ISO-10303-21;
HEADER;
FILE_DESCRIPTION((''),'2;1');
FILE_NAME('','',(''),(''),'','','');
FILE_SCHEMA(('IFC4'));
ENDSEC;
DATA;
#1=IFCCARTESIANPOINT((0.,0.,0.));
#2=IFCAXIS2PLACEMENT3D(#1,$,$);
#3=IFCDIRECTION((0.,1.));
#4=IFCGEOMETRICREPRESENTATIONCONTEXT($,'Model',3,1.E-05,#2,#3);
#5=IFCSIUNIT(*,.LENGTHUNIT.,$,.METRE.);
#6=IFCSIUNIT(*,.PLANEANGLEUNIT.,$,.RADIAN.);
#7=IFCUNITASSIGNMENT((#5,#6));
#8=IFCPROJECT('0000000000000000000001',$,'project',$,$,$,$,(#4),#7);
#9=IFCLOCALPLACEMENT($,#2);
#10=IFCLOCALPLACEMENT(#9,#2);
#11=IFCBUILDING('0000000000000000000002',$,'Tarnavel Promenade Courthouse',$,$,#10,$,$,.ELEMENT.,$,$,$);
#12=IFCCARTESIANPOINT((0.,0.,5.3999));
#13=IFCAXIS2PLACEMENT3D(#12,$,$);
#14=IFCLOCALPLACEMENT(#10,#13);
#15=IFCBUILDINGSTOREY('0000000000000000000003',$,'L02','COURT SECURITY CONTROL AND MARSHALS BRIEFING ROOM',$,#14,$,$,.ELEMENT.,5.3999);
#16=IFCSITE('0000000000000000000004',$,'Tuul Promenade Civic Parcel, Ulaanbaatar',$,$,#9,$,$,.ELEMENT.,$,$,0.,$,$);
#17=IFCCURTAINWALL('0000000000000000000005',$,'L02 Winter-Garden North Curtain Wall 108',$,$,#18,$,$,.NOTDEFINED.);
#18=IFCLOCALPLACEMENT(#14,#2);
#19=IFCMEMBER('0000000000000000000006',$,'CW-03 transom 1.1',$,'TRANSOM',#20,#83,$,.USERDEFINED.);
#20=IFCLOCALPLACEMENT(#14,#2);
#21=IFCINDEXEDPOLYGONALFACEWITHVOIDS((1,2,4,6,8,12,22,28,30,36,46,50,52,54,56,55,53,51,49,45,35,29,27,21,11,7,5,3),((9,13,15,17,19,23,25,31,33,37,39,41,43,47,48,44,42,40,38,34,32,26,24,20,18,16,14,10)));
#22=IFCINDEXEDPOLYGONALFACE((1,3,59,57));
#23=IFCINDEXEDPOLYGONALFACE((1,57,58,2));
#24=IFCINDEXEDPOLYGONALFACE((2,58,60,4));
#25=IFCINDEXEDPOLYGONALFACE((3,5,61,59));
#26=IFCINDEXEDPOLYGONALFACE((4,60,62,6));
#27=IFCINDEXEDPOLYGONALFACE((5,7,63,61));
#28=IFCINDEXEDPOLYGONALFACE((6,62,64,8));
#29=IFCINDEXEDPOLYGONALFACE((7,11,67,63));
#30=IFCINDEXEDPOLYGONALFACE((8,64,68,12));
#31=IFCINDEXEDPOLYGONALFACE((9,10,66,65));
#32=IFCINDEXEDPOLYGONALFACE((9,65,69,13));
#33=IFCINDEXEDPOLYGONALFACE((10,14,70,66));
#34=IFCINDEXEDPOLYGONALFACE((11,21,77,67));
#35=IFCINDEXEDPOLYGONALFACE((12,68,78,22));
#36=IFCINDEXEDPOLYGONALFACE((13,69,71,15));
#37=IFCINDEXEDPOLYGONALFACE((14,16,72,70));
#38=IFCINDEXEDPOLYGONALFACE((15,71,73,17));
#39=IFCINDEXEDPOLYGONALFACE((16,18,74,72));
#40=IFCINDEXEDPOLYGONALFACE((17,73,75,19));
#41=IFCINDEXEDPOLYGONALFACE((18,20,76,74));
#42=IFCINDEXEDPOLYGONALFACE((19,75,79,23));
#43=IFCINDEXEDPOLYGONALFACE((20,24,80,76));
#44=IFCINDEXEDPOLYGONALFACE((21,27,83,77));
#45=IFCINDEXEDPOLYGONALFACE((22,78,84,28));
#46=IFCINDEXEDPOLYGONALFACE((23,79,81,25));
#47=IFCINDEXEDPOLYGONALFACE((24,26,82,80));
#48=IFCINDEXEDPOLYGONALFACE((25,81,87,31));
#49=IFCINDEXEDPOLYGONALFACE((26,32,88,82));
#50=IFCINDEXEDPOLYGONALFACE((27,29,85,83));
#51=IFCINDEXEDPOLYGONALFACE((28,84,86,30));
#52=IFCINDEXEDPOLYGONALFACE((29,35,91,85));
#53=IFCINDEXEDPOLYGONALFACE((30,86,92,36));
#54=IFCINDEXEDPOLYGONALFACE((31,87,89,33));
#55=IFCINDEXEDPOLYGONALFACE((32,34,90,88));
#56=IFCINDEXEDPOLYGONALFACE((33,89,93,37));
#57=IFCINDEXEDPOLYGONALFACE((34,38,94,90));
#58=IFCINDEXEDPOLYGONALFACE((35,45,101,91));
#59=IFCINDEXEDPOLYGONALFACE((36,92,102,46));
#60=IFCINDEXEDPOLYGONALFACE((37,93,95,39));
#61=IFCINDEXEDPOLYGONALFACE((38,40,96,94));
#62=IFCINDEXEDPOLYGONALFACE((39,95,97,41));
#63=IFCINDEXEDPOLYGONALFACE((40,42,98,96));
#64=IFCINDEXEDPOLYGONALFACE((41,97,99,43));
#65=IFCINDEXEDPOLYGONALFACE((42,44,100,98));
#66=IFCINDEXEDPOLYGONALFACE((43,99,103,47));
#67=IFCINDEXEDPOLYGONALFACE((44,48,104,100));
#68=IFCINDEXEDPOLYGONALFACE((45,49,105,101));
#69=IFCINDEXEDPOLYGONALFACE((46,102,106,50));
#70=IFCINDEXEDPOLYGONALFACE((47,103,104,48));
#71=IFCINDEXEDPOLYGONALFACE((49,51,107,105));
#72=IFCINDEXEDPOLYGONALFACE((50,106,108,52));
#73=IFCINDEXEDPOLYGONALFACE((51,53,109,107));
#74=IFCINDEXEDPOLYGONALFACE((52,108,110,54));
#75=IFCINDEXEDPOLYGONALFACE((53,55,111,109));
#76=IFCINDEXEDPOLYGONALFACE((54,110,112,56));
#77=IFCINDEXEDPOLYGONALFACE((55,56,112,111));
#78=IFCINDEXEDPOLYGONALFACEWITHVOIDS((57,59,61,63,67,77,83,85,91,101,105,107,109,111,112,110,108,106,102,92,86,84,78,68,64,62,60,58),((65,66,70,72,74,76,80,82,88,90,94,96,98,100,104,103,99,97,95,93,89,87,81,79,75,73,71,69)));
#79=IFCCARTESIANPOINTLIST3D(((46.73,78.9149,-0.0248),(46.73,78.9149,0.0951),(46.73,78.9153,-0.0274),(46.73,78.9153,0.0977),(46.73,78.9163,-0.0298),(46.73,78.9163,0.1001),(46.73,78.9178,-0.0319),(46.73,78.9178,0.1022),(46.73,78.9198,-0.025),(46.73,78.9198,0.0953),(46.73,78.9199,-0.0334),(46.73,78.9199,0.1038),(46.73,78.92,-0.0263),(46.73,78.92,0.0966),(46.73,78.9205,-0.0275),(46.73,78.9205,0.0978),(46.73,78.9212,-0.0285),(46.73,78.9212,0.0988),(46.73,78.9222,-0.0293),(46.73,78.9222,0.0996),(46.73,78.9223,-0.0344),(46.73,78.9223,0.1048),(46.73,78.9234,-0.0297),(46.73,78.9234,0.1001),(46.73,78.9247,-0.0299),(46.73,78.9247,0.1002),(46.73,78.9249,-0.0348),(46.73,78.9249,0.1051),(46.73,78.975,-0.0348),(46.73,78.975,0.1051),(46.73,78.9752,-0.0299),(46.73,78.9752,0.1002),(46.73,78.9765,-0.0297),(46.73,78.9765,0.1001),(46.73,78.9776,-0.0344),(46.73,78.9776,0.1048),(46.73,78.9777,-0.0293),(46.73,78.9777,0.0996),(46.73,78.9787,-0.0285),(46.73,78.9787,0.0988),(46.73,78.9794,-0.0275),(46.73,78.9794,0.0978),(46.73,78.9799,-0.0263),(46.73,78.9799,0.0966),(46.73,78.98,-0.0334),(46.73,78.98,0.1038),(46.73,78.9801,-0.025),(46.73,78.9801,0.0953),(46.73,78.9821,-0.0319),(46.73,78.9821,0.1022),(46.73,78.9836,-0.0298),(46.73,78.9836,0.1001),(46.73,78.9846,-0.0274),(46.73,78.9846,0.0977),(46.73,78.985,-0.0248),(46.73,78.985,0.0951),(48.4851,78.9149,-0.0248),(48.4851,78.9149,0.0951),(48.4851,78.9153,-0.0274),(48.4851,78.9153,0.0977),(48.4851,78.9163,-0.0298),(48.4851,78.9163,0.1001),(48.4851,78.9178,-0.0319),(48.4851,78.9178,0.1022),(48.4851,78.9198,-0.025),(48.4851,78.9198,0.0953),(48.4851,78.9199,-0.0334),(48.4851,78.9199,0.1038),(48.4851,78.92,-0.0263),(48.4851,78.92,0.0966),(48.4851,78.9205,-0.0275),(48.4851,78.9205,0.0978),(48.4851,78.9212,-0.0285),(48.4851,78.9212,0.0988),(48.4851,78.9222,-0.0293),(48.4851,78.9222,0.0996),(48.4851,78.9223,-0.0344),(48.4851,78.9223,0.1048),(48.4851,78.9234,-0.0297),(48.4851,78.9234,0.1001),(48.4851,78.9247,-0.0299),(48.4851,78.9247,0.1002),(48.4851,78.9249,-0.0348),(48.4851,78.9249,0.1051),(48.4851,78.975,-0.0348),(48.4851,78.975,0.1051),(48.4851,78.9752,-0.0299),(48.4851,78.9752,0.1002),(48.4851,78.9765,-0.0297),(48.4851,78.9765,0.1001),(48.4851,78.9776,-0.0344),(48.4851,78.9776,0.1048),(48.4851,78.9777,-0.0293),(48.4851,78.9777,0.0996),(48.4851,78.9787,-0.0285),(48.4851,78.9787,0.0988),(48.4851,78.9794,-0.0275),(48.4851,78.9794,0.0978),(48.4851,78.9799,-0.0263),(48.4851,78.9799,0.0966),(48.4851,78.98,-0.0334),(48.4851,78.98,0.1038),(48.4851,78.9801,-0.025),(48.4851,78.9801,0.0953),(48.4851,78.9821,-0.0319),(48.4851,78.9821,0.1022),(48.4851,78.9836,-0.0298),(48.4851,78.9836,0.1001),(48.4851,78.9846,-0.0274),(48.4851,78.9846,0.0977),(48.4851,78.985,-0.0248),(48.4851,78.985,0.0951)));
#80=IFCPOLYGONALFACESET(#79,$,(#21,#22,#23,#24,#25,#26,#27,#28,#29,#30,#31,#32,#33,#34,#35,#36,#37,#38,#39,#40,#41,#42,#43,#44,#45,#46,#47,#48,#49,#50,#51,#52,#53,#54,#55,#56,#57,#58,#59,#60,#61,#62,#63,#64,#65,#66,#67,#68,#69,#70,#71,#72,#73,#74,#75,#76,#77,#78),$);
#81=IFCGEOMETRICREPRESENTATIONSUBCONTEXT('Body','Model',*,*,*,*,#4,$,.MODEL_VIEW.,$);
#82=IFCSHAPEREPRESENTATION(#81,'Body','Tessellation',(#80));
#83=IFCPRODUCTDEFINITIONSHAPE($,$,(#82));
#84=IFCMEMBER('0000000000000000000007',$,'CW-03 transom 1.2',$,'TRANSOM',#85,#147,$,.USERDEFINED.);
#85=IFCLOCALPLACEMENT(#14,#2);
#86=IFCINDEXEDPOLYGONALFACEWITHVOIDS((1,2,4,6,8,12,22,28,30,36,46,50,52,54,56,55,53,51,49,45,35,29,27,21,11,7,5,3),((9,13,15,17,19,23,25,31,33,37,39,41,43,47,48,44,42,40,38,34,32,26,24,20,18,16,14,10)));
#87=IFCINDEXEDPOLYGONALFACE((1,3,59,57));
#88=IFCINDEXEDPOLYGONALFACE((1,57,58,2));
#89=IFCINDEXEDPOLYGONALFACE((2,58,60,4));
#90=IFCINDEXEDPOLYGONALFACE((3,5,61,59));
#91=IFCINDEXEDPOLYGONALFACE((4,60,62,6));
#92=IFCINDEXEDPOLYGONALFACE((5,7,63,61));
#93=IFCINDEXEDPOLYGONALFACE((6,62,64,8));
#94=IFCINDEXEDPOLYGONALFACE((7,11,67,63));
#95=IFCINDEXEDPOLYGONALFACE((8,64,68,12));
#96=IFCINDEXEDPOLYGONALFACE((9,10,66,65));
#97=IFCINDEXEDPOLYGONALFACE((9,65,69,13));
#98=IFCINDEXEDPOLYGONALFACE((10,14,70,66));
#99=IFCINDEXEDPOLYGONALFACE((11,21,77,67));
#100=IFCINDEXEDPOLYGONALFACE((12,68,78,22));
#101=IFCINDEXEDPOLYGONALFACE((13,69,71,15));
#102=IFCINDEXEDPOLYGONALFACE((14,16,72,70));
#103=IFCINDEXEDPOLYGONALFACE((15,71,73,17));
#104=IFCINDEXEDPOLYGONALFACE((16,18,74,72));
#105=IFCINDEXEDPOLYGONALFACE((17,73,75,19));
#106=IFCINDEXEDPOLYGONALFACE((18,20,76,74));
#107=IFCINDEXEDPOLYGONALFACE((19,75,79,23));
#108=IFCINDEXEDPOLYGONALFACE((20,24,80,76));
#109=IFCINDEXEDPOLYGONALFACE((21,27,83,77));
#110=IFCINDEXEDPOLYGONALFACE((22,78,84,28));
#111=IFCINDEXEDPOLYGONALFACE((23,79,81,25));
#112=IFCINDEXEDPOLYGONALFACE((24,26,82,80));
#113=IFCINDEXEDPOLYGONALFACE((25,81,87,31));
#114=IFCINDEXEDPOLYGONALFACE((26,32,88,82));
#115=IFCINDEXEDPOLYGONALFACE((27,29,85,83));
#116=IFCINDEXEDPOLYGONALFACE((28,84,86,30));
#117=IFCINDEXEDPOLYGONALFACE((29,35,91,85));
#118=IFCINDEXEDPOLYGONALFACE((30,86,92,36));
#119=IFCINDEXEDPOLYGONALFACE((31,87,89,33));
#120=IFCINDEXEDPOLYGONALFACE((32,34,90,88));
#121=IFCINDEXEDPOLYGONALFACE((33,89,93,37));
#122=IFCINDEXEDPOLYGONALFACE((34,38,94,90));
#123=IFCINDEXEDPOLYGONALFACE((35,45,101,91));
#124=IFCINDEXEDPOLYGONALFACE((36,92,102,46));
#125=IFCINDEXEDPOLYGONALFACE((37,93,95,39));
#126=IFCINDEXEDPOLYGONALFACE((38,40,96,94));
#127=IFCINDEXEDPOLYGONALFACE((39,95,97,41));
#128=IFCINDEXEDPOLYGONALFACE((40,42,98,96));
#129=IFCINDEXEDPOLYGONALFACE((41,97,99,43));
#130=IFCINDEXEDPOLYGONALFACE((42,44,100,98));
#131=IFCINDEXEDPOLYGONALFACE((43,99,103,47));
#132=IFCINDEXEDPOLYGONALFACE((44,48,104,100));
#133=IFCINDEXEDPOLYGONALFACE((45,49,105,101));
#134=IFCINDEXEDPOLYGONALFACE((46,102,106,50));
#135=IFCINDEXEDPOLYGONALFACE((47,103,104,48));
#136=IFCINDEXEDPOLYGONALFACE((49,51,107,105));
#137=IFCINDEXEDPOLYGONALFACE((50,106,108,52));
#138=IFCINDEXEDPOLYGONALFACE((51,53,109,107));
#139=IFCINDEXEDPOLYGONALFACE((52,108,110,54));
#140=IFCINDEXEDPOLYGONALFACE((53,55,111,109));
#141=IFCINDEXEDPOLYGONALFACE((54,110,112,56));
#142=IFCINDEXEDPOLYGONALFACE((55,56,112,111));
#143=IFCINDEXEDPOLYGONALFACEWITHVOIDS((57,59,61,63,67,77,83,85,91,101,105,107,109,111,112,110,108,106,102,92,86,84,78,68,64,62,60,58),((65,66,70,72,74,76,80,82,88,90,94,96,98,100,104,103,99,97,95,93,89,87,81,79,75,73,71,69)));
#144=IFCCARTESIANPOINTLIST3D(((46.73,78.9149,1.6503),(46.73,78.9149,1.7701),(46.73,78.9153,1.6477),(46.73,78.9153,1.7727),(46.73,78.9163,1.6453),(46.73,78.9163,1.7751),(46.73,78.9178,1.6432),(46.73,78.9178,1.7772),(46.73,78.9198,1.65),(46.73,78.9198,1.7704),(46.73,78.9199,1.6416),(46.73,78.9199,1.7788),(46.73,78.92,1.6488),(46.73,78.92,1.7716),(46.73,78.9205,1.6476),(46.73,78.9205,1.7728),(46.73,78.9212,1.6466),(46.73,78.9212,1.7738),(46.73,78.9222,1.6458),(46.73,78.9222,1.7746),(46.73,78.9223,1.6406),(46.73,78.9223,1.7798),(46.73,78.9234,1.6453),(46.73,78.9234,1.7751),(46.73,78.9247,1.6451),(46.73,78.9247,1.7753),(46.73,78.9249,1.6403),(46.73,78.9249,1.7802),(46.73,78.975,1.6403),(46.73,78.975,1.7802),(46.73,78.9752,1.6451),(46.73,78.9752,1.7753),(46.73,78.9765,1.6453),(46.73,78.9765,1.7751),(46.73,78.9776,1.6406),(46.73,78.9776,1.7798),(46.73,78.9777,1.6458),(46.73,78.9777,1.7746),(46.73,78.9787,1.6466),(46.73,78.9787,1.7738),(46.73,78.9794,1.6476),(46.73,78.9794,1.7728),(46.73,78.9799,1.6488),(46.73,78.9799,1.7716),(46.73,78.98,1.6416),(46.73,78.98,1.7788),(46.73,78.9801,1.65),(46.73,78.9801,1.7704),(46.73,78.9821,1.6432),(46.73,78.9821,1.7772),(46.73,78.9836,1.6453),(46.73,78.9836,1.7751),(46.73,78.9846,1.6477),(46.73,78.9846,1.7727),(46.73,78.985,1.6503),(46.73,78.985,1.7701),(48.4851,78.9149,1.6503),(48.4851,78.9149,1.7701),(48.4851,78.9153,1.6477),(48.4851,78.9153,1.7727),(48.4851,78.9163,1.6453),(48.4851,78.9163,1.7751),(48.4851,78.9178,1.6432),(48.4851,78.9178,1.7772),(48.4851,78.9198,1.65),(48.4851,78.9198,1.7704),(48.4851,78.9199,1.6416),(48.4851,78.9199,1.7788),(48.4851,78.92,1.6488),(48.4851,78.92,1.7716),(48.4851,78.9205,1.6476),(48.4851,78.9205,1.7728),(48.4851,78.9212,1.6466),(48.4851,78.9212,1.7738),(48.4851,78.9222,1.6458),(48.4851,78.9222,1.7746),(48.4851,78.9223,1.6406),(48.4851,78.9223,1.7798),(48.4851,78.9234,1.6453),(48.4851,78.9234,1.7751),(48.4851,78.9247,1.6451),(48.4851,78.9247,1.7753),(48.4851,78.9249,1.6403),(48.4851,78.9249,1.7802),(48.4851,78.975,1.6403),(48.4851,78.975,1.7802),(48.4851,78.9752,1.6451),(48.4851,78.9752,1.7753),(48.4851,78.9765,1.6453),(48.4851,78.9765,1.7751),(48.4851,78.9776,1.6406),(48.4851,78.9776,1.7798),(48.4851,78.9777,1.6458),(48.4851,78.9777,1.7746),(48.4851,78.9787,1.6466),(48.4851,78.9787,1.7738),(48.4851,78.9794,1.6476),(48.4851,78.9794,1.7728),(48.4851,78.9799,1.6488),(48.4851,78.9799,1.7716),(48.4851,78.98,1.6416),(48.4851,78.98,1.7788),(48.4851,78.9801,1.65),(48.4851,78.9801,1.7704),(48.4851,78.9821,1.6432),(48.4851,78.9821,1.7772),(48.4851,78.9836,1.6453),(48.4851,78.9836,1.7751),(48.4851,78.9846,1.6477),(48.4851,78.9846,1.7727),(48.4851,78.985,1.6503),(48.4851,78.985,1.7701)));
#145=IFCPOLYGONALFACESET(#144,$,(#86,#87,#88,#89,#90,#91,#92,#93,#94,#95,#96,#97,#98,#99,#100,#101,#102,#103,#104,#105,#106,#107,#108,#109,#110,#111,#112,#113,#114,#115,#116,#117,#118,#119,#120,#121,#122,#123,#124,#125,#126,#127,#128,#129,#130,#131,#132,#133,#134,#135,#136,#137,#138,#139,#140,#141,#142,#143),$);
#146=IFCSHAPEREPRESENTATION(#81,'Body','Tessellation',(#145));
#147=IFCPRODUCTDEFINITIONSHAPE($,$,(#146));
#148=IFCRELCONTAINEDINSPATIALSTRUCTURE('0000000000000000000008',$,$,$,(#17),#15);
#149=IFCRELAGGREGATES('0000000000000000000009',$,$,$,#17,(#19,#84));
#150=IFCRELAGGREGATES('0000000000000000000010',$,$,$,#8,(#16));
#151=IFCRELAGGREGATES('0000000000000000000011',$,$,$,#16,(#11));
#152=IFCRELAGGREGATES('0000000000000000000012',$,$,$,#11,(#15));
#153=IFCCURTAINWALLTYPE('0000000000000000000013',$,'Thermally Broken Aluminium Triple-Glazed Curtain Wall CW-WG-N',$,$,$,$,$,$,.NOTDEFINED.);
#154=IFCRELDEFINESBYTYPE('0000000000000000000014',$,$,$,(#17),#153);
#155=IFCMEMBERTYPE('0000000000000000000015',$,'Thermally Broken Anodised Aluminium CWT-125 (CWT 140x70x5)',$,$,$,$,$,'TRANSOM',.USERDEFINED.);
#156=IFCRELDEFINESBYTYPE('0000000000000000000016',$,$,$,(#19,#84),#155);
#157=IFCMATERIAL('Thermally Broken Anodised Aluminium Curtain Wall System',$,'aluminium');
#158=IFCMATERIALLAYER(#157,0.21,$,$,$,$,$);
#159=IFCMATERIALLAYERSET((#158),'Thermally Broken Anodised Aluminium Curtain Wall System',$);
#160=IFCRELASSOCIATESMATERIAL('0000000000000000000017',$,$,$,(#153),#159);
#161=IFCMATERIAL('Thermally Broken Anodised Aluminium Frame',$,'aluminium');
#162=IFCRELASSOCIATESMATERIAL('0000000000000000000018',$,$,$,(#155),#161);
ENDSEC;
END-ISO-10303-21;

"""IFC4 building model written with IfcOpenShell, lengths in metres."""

from ifc_helpers import new_model, si_unit, direction, frame, origin, origin_2d, place, context, subcontext, project, spatial, hollow_rectangle, extrude, material, layer, layer_set, material_profile, profile_set, type_object, element, aggregate, save


model = new_model("IFC4")

# Units and contexts
model_context = context("Model", 3, precision=1e-05, world=origin(), true_north=direction((0.0, 1.0)))
body_context = subcontext(model_context, "Body", "Model", "MODEL_VIEW")
ifc_project = project(units=[si_unit("LENGTHUNIT", "METRE"), si_unit("PLANEANGLEUNIT", "RADIAN")], contexts=[model_context])

# Site, building, storey
site_placement = place(None, origin())
site = spatial("IfcSite", under=ifc_project, at=site_placement, Name="Tuul Promenade Civic Parcel, Ulaanbaatar", CompositionType="ELEMENT", RefElevation=0.0)
building_placement = place(site_placement, origin())
building = spatial("IfcBuilding", under=site, at=building_placement, Name="Tarnavel Promenade Courthouse", CompositionType="ELEMENT")
storey_placement = place(building_placement, frame((0.0, 0.0, 5.3999)))
storey = spatial("IfcBuildingStorey", under=building, at=storey_placement, Name="L02", Description="COURT SECURITY CONTROL AND MARSHALS BRIEFING ROOM", CompositionType="ELEMENT", Elevation=5.3999)

# Curtain wall, members
ifc_material_1 = material(Name="Thermally Broken Anodised Aluminium Curtain Wall System", Category="aluminium")
ifc_layer_1 = layer(ifc_material_1, 0.21)
ifc_layer_set_1 = layer_set([ifc_layer_1], Name="Thermally Broken Anodised Aluminium Curtain Wall System")
curtain_wall_type = type_object("IfcCurtainWallType", Name="Thermally Broken Aluminium Triple-Glazed Curtain Wall CW-WG-N", PredefinedType="NOTDEFINED", material=ifc_layer_set_1)
curtain_wall_placement = place(storey_placement, origin())
curtain_wall = element("IfcCurtainWall", 1, at=curtain_wall_placement, inside=storey, type_object=curtain_wall_type, Name="L02 Winter-Garden North Curtain Wall 108", PredefinedType="NOTDEFINED")
ifc_material_2 = material(Name="Thermally Broken Anodised Aluminium Frame", Category="aluminium")
ifc_material_profile_1 = material_profile(ifc_material_2, hollow_rectangle(XDim=0.0701, YDim=0.1399, WallThickness=0.0049, InnerFilletRadius=0.0049, OuterFilletRadius=0.01, at=origin_2d()), Name="CWT 140x70x5")
ifc_profile_set_1 = profile_set([ifc_material_profile_1], Name="Thermally Broken Anodised Aluminium Frame")
member_type_1 = type_object("IfcMemberType", Name="Thermally Broken Anodised Aluminium CWT-125 (CWT 140x70x5)", ElementType="TRANSOM", PredefinedType="USERDEFINED", material=ifc_profile_set_1)
member_1_placement = place(storey_placement, frame((46.73, 78.95, 0.0352), z_axis=(1.0, 0.0, 0.0), x_axis=(0.0, 1.0, 0.0)))
member_1 = element("IfcMember", 2, at=member_1_placement, type_object=member_type_1, Name="CW-03 transom 1.1", ObjectType="TRANSOM", PredefinedType="USERDEFINED", context=body_context, shape_type="SweptSolid", body=[
    extrude(hollow_rectangle(XDim=0.0701, YDim=0.1399, WallThickness=0.0049, InnerFilletRadius=0.0049, OuterFilletRadius=0.01, at=origin_2d()), origin(), (0.0, 0.0, 1.0), 1.7551),
])
member_2_placement = place(storey_placement, frame((46.73, 78.95, 1.7102), z_axis=(1.0, 0.0, 0.0), x_axis=(0.0, 1.0, 0.0)))
member_2 = element("IfcMember", 3, at=member_2_placement, type_object=member_type_1, Name="CW-03 transom 1.2", ObjectType="TRANSOM", PredefinedType="USERDEFINED", context=body_context, shape_type="SweptSolid", body=[
    extrude(hollow_rectangle(XDim=0.0701, YDim=0.1399, WallThickness=0.0049, InnerFilletRadius=0.0049, OuterFilletRadius=0.01, at=origin_2d()), origin(), (0.0, 0.0, 1.0), 1.7551),
])
aggregate(curtain_wall, [member_1, member_2])

save(model, "model.ifc")
